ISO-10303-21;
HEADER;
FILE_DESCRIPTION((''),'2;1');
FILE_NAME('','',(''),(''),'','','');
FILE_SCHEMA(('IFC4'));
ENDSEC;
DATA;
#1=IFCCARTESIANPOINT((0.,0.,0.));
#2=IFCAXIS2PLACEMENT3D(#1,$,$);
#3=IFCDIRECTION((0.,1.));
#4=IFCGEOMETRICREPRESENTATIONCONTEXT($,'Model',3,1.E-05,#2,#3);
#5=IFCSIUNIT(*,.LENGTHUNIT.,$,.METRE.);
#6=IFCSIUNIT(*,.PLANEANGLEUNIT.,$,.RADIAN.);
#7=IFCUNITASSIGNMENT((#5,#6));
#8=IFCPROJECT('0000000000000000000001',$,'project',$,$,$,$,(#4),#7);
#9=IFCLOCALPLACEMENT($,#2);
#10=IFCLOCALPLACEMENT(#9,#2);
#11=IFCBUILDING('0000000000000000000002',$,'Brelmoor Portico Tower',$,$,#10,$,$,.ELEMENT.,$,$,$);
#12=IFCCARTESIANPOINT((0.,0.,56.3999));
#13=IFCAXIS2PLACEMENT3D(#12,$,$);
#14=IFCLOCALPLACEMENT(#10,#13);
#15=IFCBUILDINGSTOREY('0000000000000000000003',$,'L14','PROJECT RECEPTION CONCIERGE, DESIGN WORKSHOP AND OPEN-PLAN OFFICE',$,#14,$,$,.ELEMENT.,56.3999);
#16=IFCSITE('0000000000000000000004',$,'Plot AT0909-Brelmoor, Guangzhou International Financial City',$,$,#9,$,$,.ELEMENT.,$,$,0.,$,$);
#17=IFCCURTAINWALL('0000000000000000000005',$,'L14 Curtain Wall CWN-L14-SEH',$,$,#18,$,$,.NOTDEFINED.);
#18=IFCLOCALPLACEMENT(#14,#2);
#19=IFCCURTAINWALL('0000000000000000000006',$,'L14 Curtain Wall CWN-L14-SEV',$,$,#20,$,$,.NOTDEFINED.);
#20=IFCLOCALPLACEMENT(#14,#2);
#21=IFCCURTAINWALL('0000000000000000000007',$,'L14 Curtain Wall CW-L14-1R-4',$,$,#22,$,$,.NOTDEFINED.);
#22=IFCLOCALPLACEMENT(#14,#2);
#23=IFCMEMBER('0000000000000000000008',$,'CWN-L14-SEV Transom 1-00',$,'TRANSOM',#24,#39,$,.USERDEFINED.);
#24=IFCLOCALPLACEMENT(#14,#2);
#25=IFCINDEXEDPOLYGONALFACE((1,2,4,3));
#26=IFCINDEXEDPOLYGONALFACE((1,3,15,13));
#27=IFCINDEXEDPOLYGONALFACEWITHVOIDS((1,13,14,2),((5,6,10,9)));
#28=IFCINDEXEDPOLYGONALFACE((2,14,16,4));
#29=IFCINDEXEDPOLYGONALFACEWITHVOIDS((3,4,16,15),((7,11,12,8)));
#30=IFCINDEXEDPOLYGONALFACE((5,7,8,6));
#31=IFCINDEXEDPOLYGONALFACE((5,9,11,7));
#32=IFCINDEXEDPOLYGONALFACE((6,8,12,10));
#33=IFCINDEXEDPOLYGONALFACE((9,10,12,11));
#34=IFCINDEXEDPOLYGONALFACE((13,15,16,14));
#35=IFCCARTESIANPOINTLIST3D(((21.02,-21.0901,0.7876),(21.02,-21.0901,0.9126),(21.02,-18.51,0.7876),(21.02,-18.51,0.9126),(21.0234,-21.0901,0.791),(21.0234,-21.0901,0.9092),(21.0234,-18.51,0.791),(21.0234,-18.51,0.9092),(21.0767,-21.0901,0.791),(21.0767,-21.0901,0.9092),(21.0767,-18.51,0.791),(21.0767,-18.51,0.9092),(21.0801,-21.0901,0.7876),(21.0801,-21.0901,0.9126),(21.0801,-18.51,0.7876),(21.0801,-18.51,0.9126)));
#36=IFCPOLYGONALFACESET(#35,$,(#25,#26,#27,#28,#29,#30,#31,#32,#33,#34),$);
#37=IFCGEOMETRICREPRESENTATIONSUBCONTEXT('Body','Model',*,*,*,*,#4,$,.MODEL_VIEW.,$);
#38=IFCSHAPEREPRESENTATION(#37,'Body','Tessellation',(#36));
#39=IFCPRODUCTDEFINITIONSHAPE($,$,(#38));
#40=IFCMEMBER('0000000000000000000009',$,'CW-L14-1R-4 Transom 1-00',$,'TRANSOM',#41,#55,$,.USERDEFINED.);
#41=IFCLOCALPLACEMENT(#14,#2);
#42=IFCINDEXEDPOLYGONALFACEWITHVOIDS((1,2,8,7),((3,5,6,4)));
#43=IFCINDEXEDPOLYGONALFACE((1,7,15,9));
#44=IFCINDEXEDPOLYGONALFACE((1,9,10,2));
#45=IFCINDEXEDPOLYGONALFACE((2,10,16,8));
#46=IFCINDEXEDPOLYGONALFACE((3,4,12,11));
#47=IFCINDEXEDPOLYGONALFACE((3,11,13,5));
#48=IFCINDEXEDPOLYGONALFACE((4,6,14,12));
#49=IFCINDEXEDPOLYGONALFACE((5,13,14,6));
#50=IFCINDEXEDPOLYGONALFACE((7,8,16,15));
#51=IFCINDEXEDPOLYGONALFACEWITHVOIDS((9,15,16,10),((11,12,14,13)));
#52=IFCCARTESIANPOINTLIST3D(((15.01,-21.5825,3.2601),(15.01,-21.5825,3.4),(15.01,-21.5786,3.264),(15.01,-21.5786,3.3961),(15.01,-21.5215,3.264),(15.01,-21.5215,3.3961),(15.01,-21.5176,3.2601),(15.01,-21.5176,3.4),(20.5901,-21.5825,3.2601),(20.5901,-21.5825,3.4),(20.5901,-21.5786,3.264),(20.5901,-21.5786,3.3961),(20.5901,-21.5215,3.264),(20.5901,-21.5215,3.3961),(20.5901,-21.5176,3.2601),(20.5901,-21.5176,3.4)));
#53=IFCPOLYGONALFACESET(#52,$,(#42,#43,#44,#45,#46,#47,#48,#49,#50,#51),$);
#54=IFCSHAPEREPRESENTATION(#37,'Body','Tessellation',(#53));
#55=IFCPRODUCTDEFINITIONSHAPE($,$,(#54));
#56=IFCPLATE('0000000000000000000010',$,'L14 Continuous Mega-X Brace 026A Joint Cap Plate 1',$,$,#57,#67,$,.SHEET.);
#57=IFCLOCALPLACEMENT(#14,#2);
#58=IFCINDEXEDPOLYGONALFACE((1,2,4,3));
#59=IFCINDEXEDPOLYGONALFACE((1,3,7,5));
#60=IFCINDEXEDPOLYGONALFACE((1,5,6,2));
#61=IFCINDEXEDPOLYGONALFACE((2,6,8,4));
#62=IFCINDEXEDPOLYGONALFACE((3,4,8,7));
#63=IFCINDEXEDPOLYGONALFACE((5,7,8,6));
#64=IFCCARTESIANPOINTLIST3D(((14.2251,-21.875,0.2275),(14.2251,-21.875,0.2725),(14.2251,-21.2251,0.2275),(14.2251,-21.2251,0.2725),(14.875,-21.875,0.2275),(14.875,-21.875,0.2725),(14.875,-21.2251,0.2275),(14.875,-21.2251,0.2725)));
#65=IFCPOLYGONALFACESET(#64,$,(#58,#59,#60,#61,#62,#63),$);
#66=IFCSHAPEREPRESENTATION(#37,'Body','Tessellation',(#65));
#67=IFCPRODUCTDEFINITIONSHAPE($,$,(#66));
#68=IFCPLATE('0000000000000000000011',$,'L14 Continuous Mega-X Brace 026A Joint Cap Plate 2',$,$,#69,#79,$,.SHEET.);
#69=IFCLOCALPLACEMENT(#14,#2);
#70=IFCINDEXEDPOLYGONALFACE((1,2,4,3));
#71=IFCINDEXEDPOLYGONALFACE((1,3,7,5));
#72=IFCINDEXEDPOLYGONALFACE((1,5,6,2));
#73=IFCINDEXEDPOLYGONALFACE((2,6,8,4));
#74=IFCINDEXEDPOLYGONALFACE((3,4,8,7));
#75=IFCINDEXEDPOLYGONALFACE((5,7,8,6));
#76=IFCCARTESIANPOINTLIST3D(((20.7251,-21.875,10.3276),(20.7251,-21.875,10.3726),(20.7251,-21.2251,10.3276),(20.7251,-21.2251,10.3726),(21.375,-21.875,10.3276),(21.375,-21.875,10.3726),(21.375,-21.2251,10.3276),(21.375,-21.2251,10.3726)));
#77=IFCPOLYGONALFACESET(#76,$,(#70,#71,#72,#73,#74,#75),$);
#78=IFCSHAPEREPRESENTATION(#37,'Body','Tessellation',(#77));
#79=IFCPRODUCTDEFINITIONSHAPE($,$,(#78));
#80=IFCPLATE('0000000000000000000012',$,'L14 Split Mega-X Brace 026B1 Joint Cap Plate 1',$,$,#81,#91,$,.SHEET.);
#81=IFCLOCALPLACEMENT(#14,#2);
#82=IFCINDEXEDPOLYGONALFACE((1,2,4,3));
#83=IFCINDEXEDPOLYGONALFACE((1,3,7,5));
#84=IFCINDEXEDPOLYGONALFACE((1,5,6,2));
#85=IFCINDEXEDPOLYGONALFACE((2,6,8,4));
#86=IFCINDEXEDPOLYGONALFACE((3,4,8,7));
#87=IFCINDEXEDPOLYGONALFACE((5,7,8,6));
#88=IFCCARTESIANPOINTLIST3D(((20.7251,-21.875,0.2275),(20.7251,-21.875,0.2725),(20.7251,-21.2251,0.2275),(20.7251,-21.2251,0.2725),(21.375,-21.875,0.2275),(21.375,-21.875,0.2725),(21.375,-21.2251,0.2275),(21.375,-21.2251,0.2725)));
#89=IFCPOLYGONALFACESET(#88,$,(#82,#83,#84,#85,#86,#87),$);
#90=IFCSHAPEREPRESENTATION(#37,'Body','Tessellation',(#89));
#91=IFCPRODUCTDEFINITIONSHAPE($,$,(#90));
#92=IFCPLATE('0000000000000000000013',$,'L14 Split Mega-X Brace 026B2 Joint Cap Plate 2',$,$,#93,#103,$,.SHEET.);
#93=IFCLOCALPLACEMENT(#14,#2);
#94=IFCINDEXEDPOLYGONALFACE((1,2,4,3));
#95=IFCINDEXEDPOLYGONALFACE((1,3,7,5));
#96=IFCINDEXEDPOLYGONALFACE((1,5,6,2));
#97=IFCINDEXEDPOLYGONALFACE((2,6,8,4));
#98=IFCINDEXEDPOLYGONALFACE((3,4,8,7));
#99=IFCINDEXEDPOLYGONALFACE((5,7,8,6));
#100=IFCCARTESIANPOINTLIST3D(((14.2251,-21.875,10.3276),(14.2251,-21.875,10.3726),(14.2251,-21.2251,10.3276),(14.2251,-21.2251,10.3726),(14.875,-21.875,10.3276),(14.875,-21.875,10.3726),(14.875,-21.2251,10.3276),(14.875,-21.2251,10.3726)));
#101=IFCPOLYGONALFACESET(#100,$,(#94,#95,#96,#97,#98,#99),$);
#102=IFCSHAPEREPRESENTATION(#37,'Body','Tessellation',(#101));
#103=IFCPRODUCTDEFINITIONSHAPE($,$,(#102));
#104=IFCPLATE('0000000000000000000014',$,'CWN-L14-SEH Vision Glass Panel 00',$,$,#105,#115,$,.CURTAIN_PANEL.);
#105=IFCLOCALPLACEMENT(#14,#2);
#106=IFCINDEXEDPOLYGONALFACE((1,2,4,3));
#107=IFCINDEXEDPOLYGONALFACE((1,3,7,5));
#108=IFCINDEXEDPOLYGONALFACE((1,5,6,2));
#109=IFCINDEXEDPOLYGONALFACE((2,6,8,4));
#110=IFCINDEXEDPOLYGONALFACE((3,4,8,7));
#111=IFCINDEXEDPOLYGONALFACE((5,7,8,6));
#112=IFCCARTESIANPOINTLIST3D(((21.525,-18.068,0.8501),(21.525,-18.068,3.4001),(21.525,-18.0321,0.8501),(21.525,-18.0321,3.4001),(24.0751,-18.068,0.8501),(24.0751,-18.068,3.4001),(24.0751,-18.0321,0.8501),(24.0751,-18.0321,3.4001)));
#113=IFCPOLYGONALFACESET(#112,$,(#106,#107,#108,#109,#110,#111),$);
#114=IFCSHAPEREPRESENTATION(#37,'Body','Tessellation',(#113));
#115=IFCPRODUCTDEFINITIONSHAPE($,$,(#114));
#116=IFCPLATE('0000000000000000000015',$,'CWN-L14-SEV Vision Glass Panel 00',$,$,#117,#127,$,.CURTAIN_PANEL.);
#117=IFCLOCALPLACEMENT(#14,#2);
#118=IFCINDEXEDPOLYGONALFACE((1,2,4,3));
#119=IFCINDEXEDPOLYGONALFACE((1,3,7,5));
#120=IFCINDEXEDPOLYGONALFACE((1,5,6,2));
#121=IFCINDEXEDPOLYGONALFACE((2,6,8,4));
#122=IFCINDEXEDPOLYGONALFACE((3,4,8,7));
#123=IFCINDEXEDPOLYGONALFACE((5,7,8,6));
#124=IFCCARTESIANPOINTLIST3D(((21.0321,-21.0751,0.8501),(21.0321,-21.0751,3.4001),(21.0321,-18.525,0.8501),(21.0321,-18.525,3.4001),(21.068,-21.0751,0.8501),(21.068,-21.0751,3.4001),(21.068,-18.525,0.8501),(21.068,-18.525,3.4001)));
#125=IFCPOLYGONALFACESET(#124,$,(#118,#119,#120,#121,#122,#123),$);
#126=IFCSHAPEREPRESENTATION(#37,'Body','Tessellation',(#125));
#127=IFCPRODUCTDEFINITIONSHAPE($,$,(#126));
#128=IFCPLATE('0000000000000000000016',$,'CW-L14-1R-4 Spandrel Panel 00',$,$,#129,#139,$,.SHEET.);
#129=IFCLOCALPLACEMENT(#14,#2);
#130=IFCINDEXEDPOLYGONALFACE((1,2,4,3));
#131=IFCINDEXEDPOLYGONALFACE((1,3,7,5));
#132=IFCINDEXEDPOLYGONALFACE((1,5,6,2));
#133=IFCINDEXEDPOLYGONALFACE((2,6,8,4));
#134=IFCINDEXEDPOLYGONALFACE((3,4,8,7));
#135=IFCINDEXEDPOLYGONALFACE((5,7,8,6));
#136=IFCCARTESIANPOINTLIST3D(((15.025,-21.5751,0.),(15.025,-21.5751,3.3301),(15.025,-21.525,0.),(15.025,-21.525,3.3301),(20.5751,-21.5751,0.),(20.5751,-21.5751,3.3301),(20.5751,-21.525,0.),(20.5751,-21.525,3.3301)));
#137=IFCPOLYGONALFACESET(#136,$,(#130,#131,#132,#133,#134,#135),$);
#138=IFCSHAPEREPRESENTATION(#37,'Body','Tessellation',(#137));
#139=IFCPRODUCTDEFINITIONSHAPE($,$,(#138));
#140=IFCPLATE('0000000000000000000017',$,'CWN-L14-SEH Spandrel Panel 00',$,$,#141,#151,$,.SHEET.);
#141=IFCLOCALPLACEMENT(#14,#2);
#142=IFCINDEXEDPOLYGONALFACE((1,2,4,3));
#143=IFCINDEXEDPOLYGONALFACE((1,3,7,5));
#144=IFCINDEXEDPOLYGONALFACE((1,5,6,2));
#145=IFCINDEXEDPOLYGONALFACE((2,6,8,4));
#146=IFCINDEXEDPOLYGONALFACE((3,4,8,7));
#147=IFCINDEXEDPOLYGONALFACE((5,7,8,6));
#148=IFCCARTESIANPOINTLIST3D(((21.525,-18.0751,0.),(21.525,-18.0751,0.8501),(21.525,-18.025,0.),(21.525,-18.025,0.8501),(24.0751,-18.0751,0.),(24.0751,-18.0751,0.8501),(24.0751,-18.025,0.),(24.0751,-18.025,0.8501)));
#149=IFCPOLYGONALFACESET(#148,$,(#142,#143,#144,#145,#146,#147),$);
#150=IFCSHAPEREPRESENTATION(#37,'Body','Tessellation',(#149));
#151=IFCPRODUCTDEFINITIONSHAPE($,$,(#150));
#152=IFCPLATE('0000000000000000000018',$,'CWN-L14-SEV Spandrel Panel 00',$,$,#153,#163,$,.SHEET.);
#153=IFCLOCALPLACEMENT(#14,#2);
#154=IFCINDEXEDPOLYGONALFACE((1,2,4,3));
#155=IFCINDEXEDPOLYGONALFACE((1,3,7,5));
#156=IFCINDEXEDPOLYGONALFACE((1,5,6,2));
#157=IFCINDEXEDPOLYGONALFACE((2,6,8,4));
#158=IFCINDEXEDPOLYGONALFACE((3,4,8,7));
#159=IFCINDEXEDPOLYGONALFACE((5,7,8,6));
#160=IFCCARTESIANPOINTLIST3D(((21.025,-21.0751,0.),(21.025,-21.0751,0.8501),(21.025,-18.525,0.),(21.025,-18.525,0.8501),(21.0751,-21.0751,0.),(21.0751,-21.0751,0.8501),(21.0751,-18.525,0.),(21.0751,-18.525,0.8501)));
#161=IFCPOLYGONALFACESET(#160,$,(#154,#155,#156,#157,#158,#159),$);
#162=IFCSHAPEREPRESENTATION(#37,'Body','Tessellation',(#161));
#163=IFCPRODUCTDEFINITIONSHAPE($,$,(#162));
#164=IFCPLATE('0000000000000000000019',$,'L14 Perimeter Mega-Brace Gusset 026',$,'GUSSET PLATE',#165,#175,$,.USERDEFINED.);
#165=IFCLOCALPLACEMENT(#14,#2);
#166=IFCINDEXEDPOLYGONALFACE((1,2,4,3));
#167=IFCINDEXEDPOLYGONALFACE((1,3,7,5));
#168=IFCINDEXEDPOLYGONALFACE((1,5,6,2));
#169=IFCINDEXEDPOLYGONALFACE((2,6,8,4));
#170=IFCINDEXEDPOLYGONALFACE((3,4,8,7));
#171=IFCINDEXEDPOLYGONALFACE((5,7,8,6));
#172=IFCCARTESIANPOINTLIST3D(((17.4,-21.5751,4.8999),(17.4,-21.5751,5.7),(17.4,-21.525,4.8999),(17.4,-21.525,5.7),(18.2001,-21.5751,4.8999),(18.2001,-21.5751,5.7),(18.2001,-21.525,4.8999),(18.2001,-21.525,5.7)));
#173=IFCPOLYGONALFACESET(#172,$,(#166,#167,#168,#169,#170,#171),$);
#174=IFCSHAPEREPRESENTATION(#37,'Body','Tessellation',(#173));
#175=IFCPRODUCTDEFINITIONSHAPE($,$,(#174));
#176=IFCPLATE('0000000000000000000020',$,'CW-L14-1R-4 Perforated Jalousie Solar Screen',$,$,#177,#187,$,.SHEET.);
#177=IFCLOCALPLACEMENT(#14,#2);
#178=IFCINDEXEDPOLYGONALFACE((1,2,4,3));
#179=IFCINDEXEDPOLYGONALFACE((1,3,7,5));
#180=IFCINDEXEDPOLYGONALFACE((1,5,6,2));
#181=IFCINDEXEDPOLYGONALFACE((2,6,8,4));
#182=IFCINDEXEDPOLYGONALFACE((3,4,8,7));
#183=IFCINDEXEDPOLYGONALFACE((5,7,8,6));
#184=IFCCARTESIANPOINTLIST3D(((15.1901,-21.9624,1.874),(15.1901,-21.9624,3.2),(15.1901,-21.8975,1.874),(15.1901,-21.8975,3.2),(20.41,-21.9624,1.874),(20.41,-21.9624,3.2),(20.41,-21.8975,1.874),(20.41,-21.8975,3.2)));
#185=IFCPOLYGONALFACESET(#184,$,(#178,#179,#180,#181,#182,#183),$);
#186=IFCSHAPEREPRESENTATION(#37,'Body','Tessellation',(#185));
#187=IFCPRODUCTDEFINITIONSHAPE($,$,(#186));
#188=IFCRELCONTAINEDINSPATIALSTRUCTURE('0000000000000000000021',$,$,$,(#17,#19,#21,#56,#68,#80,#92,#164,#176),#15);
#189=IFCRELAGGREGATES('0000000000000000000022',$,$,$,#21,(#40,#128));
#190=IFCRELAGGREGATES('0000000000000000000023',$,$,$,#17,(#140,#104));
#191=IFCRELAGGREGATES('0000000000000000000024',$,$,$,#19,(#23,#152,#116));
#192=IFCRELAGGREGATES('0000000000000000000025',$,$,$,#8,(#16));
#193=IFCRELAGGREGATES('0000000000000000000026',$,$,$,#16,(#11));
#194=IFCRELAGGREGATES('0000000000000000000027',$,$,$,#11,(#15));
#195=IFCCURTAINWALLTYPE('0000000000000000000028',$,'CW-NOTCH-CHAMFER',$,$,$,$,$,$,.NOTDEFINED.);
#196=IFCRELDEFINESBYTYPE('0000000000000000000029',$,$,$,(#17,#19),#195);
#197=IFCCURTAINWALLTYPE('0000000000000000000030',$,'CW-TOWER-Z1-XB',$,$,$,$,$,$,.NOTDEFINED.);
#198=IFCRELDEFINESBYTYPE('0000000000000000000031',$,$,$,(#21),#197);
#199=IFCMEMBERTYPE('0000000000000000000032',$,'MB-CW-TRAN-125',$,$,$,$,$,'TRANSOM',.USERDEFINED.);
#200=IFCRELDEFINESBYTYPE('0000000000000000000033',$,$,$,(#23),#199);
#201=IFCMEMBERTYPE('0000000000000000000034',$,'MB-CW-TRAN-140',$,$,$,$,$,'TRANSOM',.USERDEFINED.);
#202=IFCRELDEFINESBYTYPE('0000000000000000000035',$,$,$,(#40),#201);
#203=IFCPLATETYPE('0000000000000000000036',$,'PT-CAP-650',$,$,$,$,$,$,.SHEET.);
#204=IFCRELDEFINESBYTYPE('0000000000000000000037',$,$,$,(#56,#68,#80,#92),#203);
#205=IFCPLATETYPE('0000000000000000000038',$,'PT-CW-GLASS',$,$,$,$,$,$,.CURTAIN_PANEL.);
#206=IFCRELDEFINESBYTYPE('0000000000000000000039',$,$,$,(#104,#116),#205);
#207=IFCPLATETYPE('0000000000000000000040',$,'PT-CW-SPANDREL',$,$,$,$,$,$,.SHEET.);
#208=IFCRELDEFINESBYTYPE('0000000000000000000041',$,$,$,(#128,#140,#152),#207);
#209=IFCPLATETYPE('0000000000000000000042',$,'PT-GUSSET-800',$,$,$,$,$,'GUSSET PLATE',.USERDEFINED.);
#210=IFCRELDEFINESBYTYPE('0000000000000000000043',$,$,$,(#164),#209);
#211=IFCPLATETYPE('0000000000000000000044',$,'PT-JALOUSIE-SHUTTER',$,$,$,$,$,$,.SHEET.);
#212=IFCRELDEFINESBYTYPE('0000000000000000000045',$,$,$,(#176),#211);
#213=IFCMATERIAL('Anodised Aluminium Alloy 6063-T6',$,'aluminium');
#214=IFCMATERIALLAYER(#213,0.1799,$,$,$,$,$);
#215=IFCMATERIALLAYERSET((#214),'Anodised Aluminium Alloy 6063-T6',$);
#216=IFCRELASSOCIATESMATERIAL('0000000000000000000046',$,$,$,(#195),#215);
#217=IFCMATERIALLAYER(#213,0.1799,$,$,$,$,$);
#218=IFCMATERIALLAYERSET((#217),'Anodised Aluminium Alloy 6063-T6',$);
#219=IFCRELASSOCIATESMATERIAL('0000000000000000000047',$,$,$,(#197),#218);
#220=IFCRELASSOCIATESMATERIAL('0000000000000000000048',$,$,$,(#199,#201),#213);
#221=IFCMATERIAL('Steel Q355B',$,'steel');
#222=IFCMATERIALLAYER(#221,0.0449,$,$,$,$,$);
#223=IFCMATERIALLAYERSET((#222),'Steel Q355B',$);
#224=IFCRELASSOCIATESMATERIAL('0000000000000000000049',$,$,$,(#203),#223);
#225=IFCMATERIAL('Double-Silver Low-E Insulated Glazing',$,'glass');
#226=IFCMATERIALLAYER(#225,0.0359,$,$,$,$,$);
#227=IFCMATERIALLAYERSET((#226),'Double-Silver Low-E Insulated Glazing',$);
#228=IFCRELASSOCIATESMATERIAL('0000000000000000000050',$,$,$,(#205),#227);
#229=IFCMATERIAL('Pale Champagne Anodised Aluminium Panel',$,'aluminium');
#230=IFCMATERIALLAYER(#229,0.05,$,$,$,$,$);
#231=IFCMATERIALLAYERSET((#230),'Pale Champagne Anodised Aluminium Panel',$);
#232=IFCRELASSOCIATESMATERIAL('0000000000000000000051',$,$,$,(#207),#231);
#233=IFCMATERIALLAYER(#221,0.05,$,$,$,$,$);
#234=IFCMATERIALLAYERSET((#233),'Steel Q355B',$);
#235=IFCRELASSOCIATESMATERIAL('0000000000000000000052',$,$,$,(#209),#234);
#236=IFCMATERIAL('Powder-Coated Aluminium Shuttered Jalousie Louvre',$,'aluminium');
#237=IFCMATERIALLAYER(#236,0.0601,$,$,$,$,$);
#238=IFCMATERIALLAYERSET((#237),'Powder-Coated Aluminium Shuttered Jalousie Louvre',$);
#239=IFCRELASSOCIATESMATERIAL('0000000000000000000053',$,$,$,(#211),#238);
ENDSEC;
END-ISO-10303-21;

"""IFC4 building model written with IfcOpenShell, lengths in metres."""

from ifc_helpers import new_model, si_unit, direction, frame, origin, origin_2d, place, context, subcontext, project, spatial, rectangle, hollow_rectangle, extrude, material, layer, layer_set, material_profile, profile_set, type_object, element, aggregate, save


model = new_model("IFC4")

# Units and contexts
model_context = context("Model", 3, precision=1e-05, world=origin(), true_north=direction((0.0, 1.0)))
body_context = subcontext(model_context, "Body", "Model", "MODEL_VIEW")
ifc_project = project(units=[si_unit("LENGTHUNIT", "METRE"), si_unit("PLANEANGLEUNIT", "RADIAN")], contexts=[model_context])

# Site, building, storey
site_placement = place(None, origin())
site = spatial("IfcSite", under=ifc_project, at=site_placement, Name="Plot AT0909-Brelmoor, Guangzhou International Financial City", CompositionType="ELEMENT", RefElevation=0.0)
building_placement = place(site_placement, origin())
building = spatial("IfcBuilding", under=site, at=building_placement, Name="Brelmoor Portico Tower", CompositionType="ELEMENT")
storey_placement = place(building_placement, frame((0.0, 0.0, 56.3999)))
storey = spatial("IfcBuildingStorey", under=building, at=storey_placement, Name="L14", Description="PROJECT RECEPTION CONCIERGE, DESIGN WORKSHOP AND OPEN-PLAN OFFICE", CompositionType="ELEMENT", Elevation=56.3999)

# Shared definitions
ifc_material_1 = material(Name="Steel Q355B", Category="steel")

# Curtain walls
ifc_material_2 = material(Name="Anodised Aluminium Alloy 6063-T6", Category="aluminium")
ifc_layer_1 = layer(ifc_material_2, 0.1799)
ifc_layer_set_1 = layer_set([ifc_layer_1], Name="Anodised Aluminium Alloy 6063-T6")
curtain_wall_type_1 = type_object("IfcCurtainWallType", Name="CW-NOTCH-CHAMFER", PredefinedType="NOTDEFINED", material=ifc_layer_set_1)
curtain_wall_1_placement = place(storey_placement, origin())
curtain_wall_1 = element("IfcCurtainWall", 1, at=curtain_wall_1_placement, inside=storey, type_object=curtain_wall_type_1, Name="L14 Curtain Wall CWN-L14-SEH", PredefinedType="NOTDEFINED")
curtain_wall_2_placement = place(storey_placement, origin())
curtain_wall_2 = element("IfcCurtainWall", 2, at=curtain_wall_2_placement, inside=storey, type_object=curtain_wall_type_1, Name="L14 Curtain Wall CWN-L14-SEV", PredefinedType="NOTDEFINED")
ifc_layer_2 = layer(ifc_material_2, 0.1799)
ifc_layer_set_2 = layer_set([ifc_layer_2], Name="Anodised Aluminium Alloy 6063-T6")
curtain_wall_type_2 = type_object("IfcCurtainWallType", Name="CW-TOWER-Z1-XB", PredefinedType="NOTDEFINED", material=ifc_layer_set_2)
curtain_wall_3_placement = place(storey_placement, origin())
curtain_wall_3 = element("IfcCurtainWall", 3, at=curtain_wall_3_placement, inside=storey, type_object=curtain_wall_type_2, Name="L14 Curtain Wall CW-L14-1R-4", PredefinedType="NOTDEFINED")

# Members
ifc_material_profile_1 = material_profile(ifc_material_2, hollow_rectangle(XDim=0.0601, YDim=0.125, WallThickness=0.0034, at=origin_2d()), Name="ALU TRANSOM 60x125")
ifc_profile_set_1 = profile_set([ifc_material_profile_1], Name="Anodised Aluminium Alloy 6063-T6")
member_type_1 = type_object("IfcMemberType", Name="MB-CW-TRAN-125", ElementType="TRANSOM", PredefinedType="USERDEFINED", material=ifc_profile_set_1)
member_1_placement = place(storey_placement, frame((21.05, -21.0901, 0.8501), z_axis=(0.0, 1.0, 0.0), x_axis=(-1.0, 0.0, 0.0)))
member_1 = element("IfcMember", 4, at=member_1_placement, type_object=member_type_1, Name="CWN-L14-SEV Transom 1-00", ObjectType="TRANSOM", PredefinedType="USERDEFINED", context=body_context, shape_type="SweptSolid", body=[
    extrude(hollow_rectangle(XDim=0.0601, YDim=0.125, WallThickness=0.0034, at=origin_2d()), origin(), (0.0, 0.0, 1.0), 2.5801),
])
ifc_material_profile_2 = material_profile(ifc_material_2, hollow_rectangle(XDim=0.0649, YDim=0.1399, WallThickness=0.0039, at=origin_2d()), Name="ALU TRANSOM 65x140")
ifc_profile_set_2 = profile_set([ifc_material_profile_2], Name="Anodised Aluminium Alloy 6063-T6")
member_type_2 = type_object("IfcMemberType", Name="MB-CW-TRAN-140", ElementType="TRANSOM", PredefinedType="USERDEFINED", material=ifc_profile_set_2)
member_2_placement = place(storey_placement, frame((15.01, -21.55, 3.3301), z_axis=(1.0, 0.0, 0.0), x_axis=(0.0, 1.0, 0.0)))
member_2 = element("IfcMember", 5, at=member_2_placement, type_object=member_type_2, Name="CW-L14-1R-4 Transom 1-00", ObjectType="TRANSOM", PredefinedType="USERDEFINED", context=body_context, shape_type="SweptSolid", body=[
    extrude(hollow_rectangle(XDim=0.0649, YDim=0.1399, WallThickness=0.0039, at=origin_2d()), origin(), (0.0, 0.0, 1.0), 5.5801),
])

# Plates
ifc_layer_3 = layer(ifc_material_1, 0.0449)
ifc_layer_set_3 = layer_set([ifc_layer_3], Name="Steel Q355B")
plate_type_1 = type_object("IfcPlateType", Name="PT-CAP-650", PredefinedType="SHEET", material=ifc_layer_set_3)
for number, where, z_axis, x_axis, name in (
    (6, (14.55, -21.55, 0.2275), (0.0, 0.0, 1.0), (1.0, 0.0, 0.0), "L14 Continuous Mega-X Brace 026A Joint Cap Plate 1"),
    (7, (21.05, -21.55, 10.3276), (0.0, 0.0, 1.0), (1.0, 0.0, 0.0), "L14 Continuous Mega-X Brace 026A Joint Cap Plate 2"),
    (8, (21.05, -21.55, 0.2275), (0.0, 0.0, 1.0), (1.0, 0.0, 0.0), "L14 Split Mega-X Brace 026B1 Joint Cap Plate 1"),
    (9, (14.55, -21.55, 10.3276), (0.0, 0.0, 1.0), (1.0, 0.0, 0.0), "L14 Split Mega-X Brace 026B2 Joint Cap Plate 2"),
):
    element("IfcPlate", number, at=place(storey_placement, frame(where, z_axis=z_axis, x_axis=x_axis)), inside=storey, type_object=plate_type_1, Name=name, PredefinedType="SHEET", context=body_context, shape_type="SweptSolid", body=[
        extrude(rectangle(XDim=0.6499, YDim=0.6499, at=origin_2d()), origin(), (0.0, 0.0, 1.0), 0.0449),
    ])

# Plates
ifc_material_3 = material(Name="Double-Silver Low-E Insulated Glazing", Category="glass")
ifc_layer_4 = layer(ifc_material_3, 0.0359)
ifc_layer_set_4 = layer_set([ifc_layer_4], Name="Double-Silver Low-E Insulated Glazing")
plate_type_2 = type_object("IfcPlateType", Name="PT-CW-GLASS", PredefinedType="CURTAIN_PANEL", material=ifc_layer_set_4)
plate_1_placement = place(storey_placement, frame((22.8, -18.05, 0.8501), z_axis=(0.0, 0.0, 1.0), x_axis=(1.0, 0.0, 0.0)))
plate_1 = element("IfcPlate", 10, at=plate_1_placement, type_object=plate_type_2, Name="CWN-L14-SEH Vision Glass Panel 00", PredefinedType="CURTAIN_PANEL", context=body_context, shape_type="SweptSolid", body=[
    extrude(rectangle(XDim=2.55, YDim=0.0359, at=origin_2d()), origin(), (0.0, 0.0, 1.0), 2.55),
])
plate_2_placement = place(storey_placement, frame((21.05, -19.8, 0.8501), z_axis=(0.0, 0.0, 1.0), x_axis=(0.0, 1.0, 0.0)))
plate_2 = element("IfcPlate", 11, at=plate_2_placement, type_object=plate_type_2, Name="CWN-L14-SEV Vision Glass Panel 00", PredefinedType="CURTAIN_PANEL", context=body_context, shape_type="SweptSolid", body=[
    extrude(rectangle(XDim=2.55, YDim=0.0359, at=origin_2d()), origin(), (0.0, 0.0, 1.0), 2.55),
])
ifc_material_4 = material(Name="Pale Champagne Anodised Aluminium Panel", Category="aluminium")
ifc_layer_5 = layer(ifc_material_4, 0.05)
ifc_layer_set_5 = layer_set([ifc_layer_5], Name="Pale Champagne Anodised Aluminium Panel")
plate_type_3 = type_object("IfcPlateType", Name="PT-CW-SPANDREL", PredefinedType="SHEET", material=ifc_layer_set_5)
plate_3_placement = place(storey_placement, frame((17.8, -21.55, 0.0), z_axis=(0.0, 0.0, 1.0), x_axis=(1.0, 0.0, 0.0)))
plate_3 = element("IfcPlate", 12, at=plate_3_placement, type_object=plate_type_3, Name="CW-L14-1R-4 Spandrel Panel 00", PredefinedType="SHEET", context=body_context, shape_type="SweptSolid", body=[
    extrude(rectangle(XDim=5.55, YDim=0.05, at=origin_2d()), origin(), (0.0, 0.0, 1.0), 3.3301),
])
aggregate(curtain_wall_3, [member_2, plate_3])
plate_4_placement = place(storey_placement, frame((22.8, -18.05, 0.0), z_axis=(0.0, 0.0, 1.0), x_axis=(1.0, 0.0, 0.0)))
plate_4 = element("IfcPlate", 13, at=plate_4_placement, type_object=plate_type_3, Name="CWN-L14-SEH Spandrel Panel 00", PredefinedType="SHEET", context=body_context, shape_type="SweptSolid", body=[
    extrude(rectangle(XDim=2.55, YDim=0.05, at=origin_2d()), origin(), (0.0, 0.0, 1.0), 0.8501),
])
aggregate(curtain_wall_1, [plate_4, plate_1])
plate_5_placement = place(storey_placement, frame((21.05, -19.8, 0.0), z_axis=(0.0, 0.0, 1.0), x_axis=(0.0, 1.0, 0.0)))
plate_5 = element("IfcPlate", 14, at=plate_5_placement, type_object=plate_type_3, Name="CWN-L14-SEV Spandrel Panel 00", PredefinedType="SHEET", context=body_context, shape_type="SweptSolid", body=[
    extrude(rectangle(XDim=2.55, YDim=0.05, at=origin_2d()), origin(), (0.0, 0.0, 1.0), 0.8501),
])
aggregate(curtain_wall_2, [member_1, plate_5, plate_2])

# Plates
ifc_layer_6 = layer(ifc_material_1, 0.05)
ifc_layer_set_6 = layer_set([ifc_layer_6], Name="Steel Q355B")
plate_type_4 = type_object("IfcPlateType", Name="PT-GUSSET-800", ElementType="GUSSET PLATE", PredefinedType="USERDEFINED", material=ifc_layer_set_6)
plate_6_placement = place(storey_placement, frame((17.8, -21.55, 4.8999), z_axis=(0.0, 0.0, 1.0), x_axis=(1.0, 0.0, 0.0)))
element("IfcPlate", 15, at=plate_6_placement, inside=storey, type_object=plate_type_4, Name="L14 Perimeter Mega-Brace Gusset 026", ObjectType="GUSSET PLATE", PredefinedType="USERDEFINED", context=body_context, shape_type="SweptSolid", body=[
    extrude(rectangle(XDim=0.8, YDim=0.05, at=origin_2d()), origin(), (0.0, 0.0, 1.0), 0.8),
])
ifc_material_5 = material(Name="Powder-Coated Aluminium Shuttered Jalousie Louvre", Category="aluminium")
ifc_layer_7 = layer(ifc_material_5, 0.0601)
ifc_layer_set_7 = layer_set([ifc_layer_7], Name="Powder-Coated Aluminium Shuttered Jalousie Louvre")
plate_type_5 = type_object("IfcPlateType", Name="PT-JALOUSIE-SHUTTER", PredefinedType="SHEET", material=ifc_layer_set_7)
plate_7_placement = place(storey_placement, frame((17.8, -21.9299, 1.874), z_axis=(0.0, 0.0, 1.0), x_axis=(1.0, 0.0, 0.0)))
element("IfcPlate", 16, at=plate_7_placement, inside=storey, type_object=plate_type_5, Name="CW-L14-1R-4 Perforated Jalousie Solar Screen", PredefinedType="SHEET", context=body_context, shape_type="SweptSolid", body=[
    extrude(rectangle(XDim=5.22, YDim=0.0649, at=origin_2d()), origin(), (0.0, 0.0, 1.0), 1.3259),
])

save(model, "model.ifc")
